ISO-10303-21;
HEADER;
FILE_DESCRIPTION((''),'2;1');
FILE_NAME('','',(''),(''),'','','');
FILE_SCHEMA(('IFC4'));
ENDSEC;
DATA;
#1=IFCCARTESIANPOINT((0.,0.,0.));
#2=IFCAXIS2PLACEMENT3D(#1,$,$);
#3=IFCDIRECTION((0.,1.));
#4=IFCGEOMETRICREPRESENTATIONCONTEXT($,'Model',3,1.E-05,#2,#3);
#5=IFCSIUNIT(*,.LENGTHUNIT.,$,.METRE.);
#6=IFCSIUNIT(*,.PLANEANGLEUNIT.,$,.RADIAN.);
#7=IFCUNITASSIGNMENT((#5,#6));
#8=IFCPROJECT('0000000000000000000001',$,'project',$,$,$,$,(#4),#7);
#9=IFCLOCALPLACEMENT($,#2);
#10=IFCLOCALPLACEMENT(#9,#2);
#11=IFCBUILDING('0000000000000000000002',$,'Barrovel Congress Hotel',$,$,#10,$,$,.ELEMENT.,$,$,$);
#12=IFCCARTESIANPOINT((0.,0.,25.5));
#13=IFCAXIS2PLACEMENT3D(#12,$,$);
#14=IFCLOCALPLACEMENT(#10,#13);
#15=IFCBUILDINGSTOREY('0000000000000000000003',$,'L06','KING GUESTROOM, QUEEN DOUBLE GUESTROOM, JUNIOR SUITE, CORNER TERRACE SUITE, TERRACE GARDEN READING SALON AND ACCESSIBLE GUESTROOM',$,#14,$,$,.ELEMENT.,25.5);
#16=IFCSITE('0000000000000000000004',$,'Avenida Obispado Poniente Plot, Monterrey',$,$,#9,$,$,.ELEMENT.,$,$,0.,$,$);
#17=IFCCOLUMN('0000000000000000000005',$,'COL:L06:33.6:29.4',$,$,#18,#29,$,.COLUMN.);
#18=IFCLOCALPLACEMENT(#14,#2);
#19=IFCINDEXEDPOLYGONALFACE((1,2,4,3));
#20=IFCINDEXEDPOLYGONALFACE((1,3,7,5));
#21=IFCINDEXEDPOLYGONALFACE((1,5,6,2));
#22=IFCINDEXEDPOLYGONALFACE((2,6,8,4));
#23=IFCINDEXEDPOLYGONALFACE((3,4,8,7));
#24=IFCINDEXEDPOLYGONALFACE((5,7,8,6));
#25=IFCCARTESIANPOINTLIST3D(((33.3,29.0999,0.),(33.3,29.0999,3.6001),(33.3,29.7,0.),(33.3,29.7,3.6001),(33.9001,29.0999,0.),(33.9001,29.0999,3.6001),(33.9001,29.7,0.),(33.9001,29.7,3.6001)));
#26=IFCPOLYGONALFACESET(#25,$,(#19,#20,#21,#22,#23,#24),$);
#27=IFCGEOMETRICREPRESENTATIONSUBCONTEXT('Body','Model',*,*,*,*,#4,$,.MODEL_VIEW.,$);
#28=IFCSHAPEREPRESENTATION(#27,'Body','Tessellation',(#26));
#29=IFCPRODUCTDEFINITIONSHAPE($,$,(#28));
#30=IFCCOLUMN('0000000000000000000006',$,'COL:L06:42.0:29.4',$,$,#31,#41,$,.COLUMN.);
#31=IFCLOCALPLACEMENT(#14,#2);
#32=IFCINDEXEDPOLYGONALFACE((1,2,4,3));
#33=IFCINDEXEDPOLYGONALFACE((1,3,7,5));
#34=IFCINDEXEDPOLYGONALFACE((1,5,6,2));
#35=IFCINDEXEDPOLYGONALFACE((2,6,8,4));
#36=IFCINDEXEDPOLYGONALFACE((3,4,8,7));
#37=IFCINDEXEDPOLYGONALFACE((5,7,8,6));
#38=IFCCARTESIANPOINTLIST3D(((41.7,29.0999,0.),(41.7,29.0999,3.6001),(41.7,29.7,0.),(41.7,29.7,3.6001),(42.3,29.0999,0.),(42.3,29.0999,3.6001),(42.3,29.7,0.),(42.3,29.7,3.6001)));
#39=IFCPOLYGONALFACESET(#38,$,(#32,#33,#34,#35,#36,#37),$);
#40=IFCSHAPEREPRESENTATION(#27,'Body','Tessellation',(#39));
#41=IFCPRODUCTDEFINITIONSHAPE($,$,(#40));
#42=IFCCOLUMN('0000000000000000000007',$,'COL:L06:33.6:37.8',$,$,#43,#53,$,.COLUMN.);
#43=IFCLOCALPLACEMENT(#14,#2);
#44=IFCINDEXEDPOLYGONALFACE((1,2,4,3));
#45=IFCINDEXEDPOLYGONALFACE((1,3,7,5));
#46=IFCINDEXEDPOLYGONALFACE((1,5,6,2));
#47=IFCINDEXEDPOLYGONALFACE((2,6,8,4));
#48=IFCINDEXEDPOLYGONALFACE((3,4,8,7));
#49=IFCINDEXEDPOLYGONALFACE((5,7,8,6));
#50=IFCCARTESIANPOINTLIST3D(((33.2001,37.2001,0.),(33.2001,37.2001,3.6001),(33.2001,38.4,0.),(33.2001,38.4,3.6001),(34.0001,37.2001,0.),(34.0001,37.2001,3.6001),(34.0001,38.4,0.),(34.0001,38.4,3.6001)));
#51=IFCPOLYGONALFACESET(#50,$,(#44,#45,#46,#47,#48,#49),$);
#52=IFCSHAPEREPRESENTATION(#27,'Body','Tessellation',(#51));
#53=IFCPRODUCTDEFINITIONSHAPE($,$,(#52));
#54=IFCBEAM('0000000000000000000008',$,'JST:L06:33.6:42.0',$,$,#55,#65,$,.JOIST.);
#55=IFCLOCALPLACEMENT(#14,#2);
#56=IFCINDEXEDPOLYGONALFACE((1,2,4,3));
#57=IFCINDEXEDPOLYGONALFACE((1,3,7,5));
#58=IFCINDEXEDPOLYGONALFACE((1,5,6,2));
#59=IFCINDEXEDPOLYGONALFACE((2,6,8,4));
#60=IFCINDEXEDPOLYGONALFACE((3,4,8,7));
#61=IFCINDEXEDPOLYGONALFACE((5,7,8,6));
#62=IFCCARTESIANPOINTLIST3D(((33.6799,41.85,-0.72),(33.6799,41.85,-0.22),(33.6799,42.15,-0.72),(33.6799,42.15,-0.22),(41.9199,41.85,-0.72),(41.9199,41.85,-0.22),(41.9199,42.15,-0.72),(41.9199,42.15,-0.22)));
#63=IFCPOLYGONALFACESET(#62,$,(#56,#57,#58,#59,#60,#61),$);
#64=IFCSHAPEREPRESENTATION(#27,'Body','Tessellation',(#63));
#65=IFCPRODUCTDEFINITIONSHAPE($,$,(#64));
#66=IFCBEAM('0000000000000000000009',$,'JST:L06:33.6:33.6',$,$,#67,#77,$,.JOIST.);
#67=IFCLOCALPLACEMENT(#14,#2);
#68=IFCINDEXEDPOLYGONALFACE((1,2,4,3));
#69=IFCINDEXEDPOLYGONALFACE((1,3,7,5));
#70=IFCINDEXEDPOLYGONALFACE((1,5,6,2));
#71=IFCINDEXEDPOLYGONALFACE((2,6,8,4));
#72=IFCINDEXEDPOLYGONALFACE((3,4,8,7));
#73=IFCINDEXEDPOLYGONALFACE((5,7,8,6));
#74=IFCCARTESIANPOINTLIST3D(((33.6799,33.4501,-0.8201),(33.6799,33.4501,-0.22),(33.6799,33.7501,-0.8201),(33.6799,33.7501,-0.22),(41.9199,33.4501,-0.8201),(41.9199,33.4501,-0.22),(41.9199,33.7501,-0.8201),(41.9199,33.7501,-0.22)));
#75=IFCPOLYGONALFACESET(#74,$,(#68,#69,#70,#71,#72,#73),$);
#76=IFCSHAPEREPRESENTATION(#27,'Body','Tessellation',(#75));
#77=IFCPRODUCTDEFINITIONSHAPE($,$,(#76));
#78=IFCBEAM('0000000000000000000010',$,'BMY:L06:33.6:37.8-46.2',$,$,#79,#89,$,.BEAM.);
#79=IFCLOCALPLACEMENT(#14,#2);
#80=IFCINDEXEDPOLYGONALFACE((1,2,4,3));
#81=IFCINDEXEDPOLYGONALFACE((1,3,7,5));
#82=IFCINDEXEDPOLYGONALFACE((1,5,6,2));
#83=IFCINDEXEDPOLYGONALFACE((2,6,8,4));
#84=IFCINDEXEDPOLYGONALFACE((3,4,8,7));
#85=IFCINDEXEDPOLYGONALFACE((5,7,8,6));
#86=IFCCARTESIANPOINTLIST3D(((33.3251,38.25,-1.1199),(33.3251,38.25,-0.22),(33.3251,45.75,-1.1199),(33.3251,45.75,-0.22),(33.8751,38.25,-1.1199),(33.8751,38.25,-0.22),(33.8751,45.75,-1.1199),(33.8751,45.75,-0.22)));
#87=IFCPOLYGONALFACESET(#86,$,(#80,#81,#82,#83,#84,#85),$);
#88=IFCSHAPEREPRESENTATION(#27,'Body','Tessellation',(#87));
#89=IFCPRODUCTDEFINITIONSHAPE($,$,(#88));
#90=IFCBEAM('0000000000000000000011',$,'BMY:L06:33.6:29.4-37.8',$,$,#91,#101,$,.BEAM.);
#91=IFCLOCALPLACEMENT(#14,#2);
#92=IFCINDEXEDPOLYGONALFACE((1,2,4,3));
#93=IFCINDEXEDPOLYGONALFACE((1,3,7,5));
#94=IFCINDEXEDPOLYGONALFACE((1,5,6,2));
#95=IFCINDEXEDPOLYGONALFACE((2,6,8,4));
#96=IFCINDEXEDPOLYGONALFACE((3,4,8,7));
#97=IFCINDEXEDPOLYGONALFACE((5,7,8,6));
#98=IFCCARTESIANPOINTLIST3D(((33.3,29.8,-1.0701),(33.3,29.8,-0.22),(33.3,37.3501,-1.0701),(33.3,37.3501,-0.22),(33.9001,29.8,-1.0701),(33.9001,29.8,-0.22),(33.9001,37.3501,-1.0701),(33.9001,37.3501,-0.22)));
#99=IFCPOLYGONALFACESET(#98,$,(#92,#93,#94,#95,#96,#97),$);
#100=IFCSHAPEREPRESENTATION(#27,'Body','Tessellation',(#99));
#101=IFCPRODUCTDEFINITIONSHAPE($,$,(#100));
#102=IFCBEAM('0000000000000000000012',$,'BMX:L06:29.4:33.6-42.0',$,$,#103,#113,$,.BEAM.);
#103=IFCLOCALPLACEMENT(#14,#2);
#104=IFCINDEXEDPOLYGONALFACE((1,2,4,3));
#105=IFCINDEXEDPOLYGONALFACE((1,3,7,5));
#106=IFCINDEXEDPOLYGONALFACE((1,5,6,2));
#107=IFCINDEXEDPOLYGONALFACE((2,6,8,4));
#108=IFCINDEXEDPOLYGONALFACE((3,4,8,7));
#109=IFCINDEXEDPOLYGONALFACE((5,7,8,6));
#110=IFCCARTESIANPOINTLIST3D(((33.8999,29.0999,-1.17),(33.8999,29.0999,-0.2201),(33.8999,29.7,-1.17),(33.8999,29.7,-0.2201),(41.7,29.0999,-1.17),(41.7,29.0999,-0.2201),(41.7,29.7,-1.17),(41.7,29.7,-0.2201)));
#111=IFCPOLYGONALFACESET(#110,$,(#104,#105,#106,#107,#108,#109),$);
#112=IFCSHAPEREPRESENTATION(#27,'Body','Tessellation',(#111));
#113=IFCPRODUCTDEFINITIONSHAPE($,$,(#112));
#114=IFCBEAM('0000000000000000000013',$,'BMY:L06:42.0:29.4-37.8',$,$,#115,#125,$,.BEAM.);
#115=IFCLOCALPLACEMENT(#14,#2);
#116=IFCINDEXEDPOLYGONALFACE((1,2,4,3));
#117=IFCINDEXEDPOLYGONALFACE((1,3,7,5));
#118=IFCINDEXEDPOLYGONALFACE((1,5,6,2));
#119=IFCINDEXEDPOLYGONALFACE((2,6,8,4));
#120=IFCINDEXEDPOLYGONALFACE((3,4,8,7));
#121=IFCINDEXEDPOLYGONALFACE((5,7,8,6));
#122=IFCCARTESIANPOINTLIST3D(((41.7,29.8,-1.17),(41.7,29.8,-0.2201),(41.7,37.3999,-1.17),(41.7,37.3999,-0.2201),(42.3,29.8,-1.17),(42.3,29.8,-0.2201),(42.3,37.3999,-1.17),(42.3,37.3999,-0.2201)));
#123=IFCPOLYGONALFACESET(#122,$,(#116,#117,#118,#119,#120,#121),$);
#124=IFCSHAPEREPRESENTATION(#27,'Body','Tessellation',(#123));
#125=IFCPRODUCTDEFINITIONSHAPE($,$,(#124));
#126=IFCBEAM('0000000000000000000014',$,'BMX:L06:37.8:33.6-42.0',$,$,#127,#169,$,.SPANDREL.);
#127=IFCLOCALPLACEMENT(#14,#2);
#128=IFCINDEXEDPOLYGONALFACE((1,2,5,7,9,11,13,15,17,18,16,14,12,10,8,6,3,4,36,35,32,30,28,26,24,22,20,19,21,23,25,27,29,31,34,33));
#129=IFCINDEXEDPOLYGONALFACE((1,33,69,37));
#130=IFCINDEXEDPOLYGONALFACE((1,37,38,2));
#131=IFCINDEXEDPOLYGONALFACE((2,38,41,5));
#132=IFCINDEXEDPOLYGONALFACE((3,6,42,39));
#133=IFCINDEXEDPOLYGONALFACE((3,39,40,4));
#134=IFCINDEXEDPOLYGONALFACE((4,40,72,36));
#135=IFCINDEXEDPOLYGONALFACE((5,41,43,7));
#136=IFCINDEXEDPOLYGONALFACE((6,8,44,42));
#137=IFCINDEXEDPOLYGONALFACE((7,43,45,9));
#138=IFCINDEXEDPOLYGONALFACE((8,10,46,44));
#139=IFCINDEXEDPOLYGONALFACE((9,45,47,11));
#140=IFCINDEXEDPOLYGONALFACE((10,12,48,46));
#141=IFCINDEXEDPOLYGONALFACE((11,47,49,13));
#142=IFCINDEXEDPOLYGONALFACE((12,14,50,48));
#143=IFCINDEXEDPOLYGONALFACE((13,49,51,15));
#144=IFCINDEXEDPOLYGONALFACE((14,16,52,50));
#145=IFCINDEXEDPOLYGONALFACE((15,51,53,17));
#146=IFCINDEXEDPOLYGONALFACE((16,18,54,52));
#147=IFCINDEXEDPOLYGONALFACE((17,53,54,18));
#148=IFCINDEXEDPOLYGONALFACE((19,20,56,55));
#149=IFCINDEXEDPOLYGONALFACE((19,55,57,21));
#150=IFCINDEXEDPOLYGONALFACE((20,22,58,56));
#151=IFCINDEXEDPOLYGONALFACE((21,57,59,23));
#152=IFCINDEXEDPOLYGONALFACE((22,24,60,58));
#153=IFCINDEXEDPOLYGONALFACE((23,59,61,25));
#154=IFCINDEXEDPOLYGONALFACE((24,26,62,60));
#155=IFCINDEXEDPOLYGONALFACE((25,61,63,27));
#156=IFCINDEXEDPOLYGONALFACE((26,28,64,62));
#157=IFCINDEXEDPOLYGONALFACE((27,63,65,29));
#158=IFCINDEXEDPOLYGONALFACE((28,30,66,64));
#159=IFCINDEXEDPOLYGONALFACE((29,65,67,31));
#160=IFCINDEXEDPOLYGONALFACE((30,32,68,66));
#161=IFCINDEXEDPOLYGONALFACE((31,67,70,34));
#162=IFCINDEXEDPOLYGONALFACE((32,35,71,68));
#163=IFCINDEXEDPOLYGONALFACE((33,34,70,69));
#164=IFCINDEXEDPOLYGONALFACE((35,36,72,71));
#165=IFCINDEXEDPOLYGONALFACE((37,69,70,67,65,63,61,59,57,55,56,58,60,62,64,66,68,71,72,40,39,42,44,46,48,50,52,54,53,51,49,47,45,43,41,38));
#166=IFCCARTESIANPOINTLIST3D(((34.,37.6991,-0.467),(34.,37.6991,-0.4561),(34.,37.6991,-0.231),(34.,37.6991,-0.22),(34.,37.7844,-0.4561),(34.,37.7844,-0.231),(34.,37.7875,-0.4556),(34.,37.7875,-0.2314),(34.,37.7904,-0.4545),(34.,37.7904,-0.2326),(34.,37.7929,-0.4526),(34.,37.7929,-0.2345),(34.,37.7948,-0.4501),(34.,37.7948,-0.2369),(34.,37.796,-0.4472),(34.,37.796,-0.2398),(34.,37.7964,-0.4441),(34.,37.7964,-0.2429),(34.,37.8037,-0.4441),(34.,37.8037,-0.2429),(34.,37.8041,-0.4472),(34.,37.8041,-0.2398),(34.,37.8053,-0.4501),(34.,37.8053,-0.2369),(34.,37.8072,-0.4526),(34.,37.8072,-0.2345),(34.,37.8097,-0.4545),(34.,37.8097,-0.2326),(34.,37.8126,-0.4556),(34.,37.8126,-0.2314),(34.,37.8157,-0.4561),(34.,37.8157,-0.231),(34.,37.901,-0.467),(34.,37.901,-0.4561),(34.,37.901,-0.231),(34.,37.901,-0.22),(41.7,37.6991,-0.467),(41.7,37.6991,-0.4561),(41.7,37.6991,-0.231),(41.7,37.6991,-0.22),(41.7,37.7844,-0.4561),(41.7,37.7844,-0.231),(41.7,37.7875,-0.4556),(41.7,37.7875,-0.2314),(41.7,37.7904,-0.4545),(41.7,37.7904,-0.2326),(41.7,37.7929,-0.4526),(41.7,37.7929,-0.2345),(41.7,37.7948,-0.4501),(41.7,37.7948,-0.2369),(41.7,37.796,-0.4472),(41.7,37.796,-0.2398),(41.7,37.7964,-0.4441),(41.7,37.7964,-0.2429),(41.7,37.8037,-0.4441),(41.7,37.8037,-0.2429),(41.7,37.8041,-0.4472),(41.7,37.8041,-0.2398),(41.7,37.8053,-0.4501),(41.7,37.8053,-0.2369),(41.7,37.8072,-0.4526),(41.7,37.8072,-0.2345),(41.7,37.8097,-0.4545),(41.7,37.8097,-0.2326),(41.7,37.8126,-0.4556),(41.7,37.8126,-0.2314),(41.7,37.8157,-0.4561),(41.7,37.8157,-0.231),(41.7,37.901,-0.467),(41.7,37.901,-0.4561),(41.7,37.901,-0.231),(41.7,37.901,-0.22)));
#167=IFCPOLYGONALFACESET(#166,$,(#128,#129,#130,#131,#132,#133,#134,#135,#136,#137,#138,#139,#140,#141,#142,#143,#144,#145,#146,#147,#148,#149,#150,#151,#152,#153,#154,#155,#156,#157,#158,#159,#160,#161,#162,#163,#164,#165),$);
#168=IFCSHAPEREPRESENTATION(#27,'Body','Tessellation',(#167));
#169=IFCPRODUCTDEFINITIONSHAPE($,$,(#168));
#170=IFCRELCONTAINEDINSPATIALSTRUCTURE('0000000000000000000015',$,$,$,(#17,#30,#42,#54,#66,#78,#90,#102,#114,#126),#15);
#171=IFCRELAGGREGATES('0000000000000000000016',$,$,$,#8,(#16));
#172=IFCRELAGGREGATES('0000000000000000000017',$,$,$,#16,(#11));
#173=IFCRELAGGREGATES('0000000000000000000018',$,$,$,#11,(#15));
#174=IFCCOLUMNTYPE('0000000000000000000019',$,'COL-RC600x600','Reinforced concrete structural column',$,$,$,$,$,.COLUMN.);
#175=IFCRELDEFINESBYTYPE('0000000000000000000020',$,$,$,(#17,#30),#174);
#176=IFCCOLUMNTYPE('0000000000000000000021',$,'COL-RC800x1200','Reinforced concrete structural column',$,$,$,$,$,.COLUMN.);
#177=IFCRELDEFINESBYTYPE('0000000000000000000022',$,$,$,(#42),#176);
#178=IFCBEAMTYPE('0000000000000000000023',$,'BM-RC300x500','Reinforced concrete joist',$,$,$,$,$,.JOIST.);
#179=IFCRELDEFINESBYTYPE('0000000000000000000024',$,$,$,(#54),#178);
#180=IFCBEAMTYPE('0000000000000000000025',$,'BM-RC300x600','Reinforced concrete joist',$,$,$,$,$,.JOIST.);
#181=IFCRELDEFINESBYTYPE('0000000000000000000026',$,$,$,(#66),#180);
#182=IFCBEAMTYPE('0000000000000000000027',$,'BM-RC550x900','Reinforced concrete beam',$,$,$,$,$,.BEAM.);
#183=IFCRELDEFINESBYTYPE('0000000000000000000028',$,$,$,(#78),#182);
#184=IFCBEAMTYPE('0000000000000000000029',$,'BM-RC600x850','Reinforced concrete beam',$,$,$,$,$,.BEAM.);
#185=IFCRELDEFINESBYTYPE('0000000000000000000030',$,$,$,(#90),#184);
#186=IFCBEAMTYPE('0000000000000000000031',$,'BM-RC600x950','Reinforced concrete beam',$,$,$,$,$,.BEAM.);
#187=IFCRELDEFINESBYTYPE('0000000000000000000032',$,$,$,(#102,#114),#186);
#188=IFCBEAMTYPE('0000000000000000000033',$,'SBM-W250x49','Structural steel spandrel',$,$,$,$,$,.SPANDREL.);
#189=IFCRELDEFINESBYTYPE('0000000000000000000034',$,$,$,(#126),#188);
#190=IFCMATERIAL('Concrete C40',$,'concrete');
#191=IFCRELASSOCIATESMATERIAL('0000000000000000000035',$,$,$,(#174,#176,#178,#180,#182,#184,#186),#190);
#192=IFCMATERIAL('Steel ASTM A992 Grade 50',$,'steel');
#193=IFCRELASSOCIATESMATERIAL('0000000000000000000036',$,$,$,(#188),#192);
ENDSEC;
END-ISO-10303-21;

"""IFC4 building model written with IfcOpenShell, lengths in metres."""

from ifc_helpers import new_model, si_unit, direction, frame, origin, origin_2d, place, context, subcontext, project, spatial, rectangle, i_section, extrude, material, material_profile, profile_set, type_object, element, save


model = new_model("IFC4")

# Units and contexts
model_context = context("Model", 3, precision=1e-05, world=origin(), true_north=direction((0.0, 1.0)))
body_context = subcontext(model_context, "Body", "Model", "MODEL_VIEW")
ifc_project = project(units=[si_unit("LENGTHUNIT", "METRE"), si_unit("PLANEANGLEUNIT", "RADIAN")], contexts=[model_context])

# Site, building, storey
site_placement = place(None, origin())
site = spatial("IfcSite", under=ifc_project, at=site_placement, Name="Avenida Obispado Poniente Plot, Monterrey", CompositionType="ELEMENT", RefElevation=0.0)
building_placement = place(site_placement, origin())
building = spatial("IfcBuilding", under=site, at=building_placement, Name="Barrovel Congress Hotel", CompositionType="ELEMENT")
storey_placement = place(building_placement, frame((0.0, 0.0, 25.5)))
storey = spatial("IfcBuildingStorey", under=building, at=storey_placement, Name="L06", Description="KING GUESTROOM, QUEEN DOUBLE GUESTROOM, JUNIOR SUITE, CORNER TERRACE SUITE, TERRACE GARDEN READING SALON AND ACCESSIBLE GUESTROOM", CompositionType="ELEMENT", Elevation=25.5)

# Columns
ifc_material_1 = material(Name="Concrete C40", Category="concrete")
ifc_material_profile_1 = material_profile(ifc_material_1, rectangle(XDim=0.6001, YDim=0.6001, at=origin_2d()), Name="RC600x600")
ifc_profile_set_1 = profile_set([ifc_material_profile_1], Name="Concrete C40")
column_type_1 = type_object("IfcColumnType", Name="COL-RC600x600", Description="Reinforced concrete structural column", PredefinedType="COLUMN", material=ifc_profile_set_1)
for number, where, z_axis, x_axis, name in (
    (1, (33.6001, 29.3999, 0.0), (0.0, 0.0, 1.0), (1.0, 0.0, 0.0), "COL:L06:33.6:29.4"),
    (2, (42.0, 29.3999, 0.0), (0.0, 0.0, 1.0), (1.0, 0.0, 0.0), "COL:L06:42.0:29.4"),
):
    element("IfcColumn", number, at=place(storey_placement, frame(where, z_axis=z_axis, x_axis=x_axis)), inside=storey, type_object=column_type_1, Name=name, PredefinedType="COLUMN", context=body_context, shape_type="SweptSolid", body=[
        extrude(rectangle(XDim=0.6001, YDim=0.6001, at=origin_2d()), origin(), (0.0, 0.0, 1.0), 3.6001),
    ])
ifc_material_profile_2 = material_profile(ifc_material_1, rectangle(XDim=0.8, YDim=1.2, at=origin_2d()), Name="RC800x1200")
ifc_profile_set_2 = profile_set([ifc_material_profile_2], Name="Concrete C40")
column_type_2 = type_object("IfcColumnType", Name="COL-RC800x1200", Description="Reinforced concrete structural column", PredefinedType="COLUMN", material=ifc_profile_set_2)
column_placement = place(storey_placement, frame((33.6001, 37.8, 0.0), z_axis=(0.0, 0.0, 1.0), x_axis=(1.0, 0.0, 0.0)))
element("IfcColumn", 3, at=column_placement, inside=storey, type_object=column_type_2, Name="COL:L06:33.6:37.8", PredefinedType="COLUMN", context=body_context, shape_type="SweptSolid", body=[
    extrude(rectangle(XDim=0.8, YDim=1.2, at=origin_2d()), origin(), (0.0, 0.0, 1.0), 3.6001),
])

# Beams
ifc_material_profile_3 = material_profile(ifc_material_1, rectangle(XDim=0.3, YDim=0.5, at=origin_2d()), Name="RC300x500")
ifc_profile_set_3 = profile_set([ifc_material_profile_3], Name="Concrete C40")
beam_type_1 = type_object("IfcBeamType", Name="BM-RC300x500", Description="Reinforced concrete joist", PredefinedType="JOIST", material=ifc_profile_set_3)
beam_1_placement = place(storey_placement, frame((33.6799, 42.0, -0.47), z_axis=(1.0, 0.0, 0.0), x_axis=(0.0, 1.0, 0.0)))
element("IfcBeam", 4, at=beam_1_placement, inside=storey, type_object=beam_type_1, Name="JST:L06:33.6:42.0", PredefinedType="JOIST", context=body_context, shape_type="SweptSolid", body=[
    extrude(rectangle(XDim=0.3, YDim=0.5, at=origin_2d()), origin(), (0.0, 0.0, 1.0), 8.24),
])
ifc_material_profile_4 = material_profile(ifc_material_1, rectangle(XDim=0.3, YDim=0.6001, at=origin_2d()), Name="RC300x600")
ifc_profile_set_4 = profile_set([ifc_material_profile_4], Name="Concrete C40")
beam_type_2 = type_object("IfcBeamType", Name="BM-RC300x600", Description="Reinforced concrete joist", PredefinedType="JOIST", material=ifc_profile_set_4)
beam_2_placement = place(storey_placement, frame((33.6799, 33.6001, -0.52), z_axis=(1.0, 0.0, 0.0), x_axis=(0.0, 1.0, 0.0)))
element("IfcBeam", 5, at=beam_2_placement, inside=storey, type_object=beam_type_2, Name="JST:L06:33.6:33.6", PredefinedType="JOIST", context=body_context, shape_type="SweptSolid", body=[
    extrude(rectangle(XDim=0.3, YDim=0.6001, at=origin_2d()), origin(), (0.0, 0.0, 1.0), 8.24),
])
ifc_material_profile_5 = material_profile(ifc_material_1, rectangle(XDim=0.55, YDim=0.8999, at=origin_2d()), Name="RC550x900")
ifc_profile_set_5 = profile_set([ifc_material_profile_5], Name="Concrete C40")
beam_type_3 = type_object("IfcBeamType", Name="BM-RC550x900", Description="Reinforced concrete beam", PredefinedType="BEAM", material=ifc_profile_set_5)
beam_3_placement = place(storey_placement, frame((33.6001, 38.25, -0.6699), z_axis=(0.0, 1.0, 0.0), x_axis=(-1.0, 0.0, 0.0)))
element("IfcBeam", 6, at=beam_3_placement, inside=storey, type_object=beam_type_3, Name="BMY:L06:33.6:37.8-46.2", PredefinedType="BEAM", context=body_context, shape_type="SweptSolid", body=[
    extrude(rectangle(XDim=0.55, YDim=0.8999, at=origin_2d()), origin(), (0.0, 0.0, 1.0), 7.5),
])
ifc_material_profile_6 = material_profile(ifc_material_1, rectangle(XDim=0.6001, YDim=0.8501, at=origin_2d()), Name="RC600x850")
ifc_profile_set_6 = profile_set([ifc_material_profile_6], Name="Concrete C40")
beam_type_4 = type_object("IfcBeamType", Name="BM-RC600x850", Description="Reinforced concrete beam", PredefinedType="BEAM", material=ifc_profile_set_6)
beam_4_placement = place(storey_placement, frame((33.6001, 29.8, -0.645), z_axis=(0.0, 1.0, 0.0), x_axis=(-1.0, 0.0, 0.0)))
element("IfcBeam", 7, at=beam_4_placement, inside=storey, type_object=beam_type_4, Name="BMY:L06:33.6:29.4-37.8", PredefinedType="BEAM", context=body_context, shape_type="SweptSolid", body=[
    extrude(rectangle(XDim=0.6001, YDim=0.8501, at=origin_2d()), origin(), (0.0, 0.0, 1.0), 7.55),
])
ifc_material_profile_7 = material_profile(ifc_material_1, rectangle(XDim=0.6001, YDim=0.95, at=origin_2d()), Name="RC600x950")
ifc_profile_set_7 = profile_set([ifc_material_profile_7], Name="Concrete C40")
beam_type_5 = type_object("IfcBeamType", Name="BM-RC600x950", Description="Reinforced concrete beam", PredefinedType="BEAM", material=ifc_profile_set_7)
beam_5_placement = place(storey_placement, frame((33.8999, 29.3999, -0.6951), z_axis=(1.0, 0.0, 0.0), x_axis=(0.0, 1.0, 0.0)))
element("IfcBeam", 8, at=beam_5_placement, inside=storey, type_object=beam_type_5, Name="BMX:L06:29.4:33.6-42.0", PredefinedType="BEAM", context=body_context, shape_type="SweptSolid", body=[
    extrude(rectangle(XDim=0.6001, YDim=0.95, at=origin_2d()), origin(), (0.0, 0.0, 1.0), 7.8),
])
beam_6_placement = place(storey_placement, frame((42.0, 29.8, -0.6951), z_axis=(0.0, 1.0, 0.0), x_axis=(-1.0, 0.0, 0.0)))
element("IfcBeam", 9, at=beam_6_placement, inside=storey, type_object=beam_type_5, Name="BMY:L06:42.0:29.4-37.8", PredefinedType="BEAM", context=body_context, shape_type="SweptSolid", body=[
    extrude(rectangle(XDim=0.6001, YDim=0.95, at=origin_2d()), origin(), (0.0, 0.0, 1.0), 7.5999),
])
ifc_material_2 = material(Name="Steel ASTM A992 Grade 50", Category="steel")
ifc_material_profile_8 = material_profile(ifc_material_2, i_section(OverallWidth=0.2019, OverallDepth=0.2471, WebThickness=0.0073, FlangeThickness=0.011, FilletRadius=0.012, at=origin_2d()), Name="W250x49")
ifc_profile_set_8 = profile_set([ifc_material_profile_8], Name="Steel ASTM A992 Grade 50")
beam_type_6 = type_object("IfcBeamType", Name="SBM-W250x49", Description="Structural steel spandrel", PredefinedType="SPANDREL", material=ifc_profile_set_8)
beam_7_placement = place(storey_placement, frame((34.0, 37.8, -0.3435), z_axis=(1.0, 0.0, 0.0), x_axis=(0.0, 1.0, 0.0)))
element("IfcBeam", 10, at=beam_7_placement, inside=storey, type_object=beam_type_6, Name="BMX:L06:37.8:33.6-42.0", PredefinedType="SPANDREL", context=body_context, shape_type="SweptSolid", body=[
    extrude(i_section(OverallWidth=0.2019, OverallDepth=0.2471, WebThickness=0.0073, FlangeThickness=0.011, FilletRadius=0.012, at=origin_2d()), origin(), (0.0, 0.0, 1.0), 7.7),
])

save(model, "model.ifc")
